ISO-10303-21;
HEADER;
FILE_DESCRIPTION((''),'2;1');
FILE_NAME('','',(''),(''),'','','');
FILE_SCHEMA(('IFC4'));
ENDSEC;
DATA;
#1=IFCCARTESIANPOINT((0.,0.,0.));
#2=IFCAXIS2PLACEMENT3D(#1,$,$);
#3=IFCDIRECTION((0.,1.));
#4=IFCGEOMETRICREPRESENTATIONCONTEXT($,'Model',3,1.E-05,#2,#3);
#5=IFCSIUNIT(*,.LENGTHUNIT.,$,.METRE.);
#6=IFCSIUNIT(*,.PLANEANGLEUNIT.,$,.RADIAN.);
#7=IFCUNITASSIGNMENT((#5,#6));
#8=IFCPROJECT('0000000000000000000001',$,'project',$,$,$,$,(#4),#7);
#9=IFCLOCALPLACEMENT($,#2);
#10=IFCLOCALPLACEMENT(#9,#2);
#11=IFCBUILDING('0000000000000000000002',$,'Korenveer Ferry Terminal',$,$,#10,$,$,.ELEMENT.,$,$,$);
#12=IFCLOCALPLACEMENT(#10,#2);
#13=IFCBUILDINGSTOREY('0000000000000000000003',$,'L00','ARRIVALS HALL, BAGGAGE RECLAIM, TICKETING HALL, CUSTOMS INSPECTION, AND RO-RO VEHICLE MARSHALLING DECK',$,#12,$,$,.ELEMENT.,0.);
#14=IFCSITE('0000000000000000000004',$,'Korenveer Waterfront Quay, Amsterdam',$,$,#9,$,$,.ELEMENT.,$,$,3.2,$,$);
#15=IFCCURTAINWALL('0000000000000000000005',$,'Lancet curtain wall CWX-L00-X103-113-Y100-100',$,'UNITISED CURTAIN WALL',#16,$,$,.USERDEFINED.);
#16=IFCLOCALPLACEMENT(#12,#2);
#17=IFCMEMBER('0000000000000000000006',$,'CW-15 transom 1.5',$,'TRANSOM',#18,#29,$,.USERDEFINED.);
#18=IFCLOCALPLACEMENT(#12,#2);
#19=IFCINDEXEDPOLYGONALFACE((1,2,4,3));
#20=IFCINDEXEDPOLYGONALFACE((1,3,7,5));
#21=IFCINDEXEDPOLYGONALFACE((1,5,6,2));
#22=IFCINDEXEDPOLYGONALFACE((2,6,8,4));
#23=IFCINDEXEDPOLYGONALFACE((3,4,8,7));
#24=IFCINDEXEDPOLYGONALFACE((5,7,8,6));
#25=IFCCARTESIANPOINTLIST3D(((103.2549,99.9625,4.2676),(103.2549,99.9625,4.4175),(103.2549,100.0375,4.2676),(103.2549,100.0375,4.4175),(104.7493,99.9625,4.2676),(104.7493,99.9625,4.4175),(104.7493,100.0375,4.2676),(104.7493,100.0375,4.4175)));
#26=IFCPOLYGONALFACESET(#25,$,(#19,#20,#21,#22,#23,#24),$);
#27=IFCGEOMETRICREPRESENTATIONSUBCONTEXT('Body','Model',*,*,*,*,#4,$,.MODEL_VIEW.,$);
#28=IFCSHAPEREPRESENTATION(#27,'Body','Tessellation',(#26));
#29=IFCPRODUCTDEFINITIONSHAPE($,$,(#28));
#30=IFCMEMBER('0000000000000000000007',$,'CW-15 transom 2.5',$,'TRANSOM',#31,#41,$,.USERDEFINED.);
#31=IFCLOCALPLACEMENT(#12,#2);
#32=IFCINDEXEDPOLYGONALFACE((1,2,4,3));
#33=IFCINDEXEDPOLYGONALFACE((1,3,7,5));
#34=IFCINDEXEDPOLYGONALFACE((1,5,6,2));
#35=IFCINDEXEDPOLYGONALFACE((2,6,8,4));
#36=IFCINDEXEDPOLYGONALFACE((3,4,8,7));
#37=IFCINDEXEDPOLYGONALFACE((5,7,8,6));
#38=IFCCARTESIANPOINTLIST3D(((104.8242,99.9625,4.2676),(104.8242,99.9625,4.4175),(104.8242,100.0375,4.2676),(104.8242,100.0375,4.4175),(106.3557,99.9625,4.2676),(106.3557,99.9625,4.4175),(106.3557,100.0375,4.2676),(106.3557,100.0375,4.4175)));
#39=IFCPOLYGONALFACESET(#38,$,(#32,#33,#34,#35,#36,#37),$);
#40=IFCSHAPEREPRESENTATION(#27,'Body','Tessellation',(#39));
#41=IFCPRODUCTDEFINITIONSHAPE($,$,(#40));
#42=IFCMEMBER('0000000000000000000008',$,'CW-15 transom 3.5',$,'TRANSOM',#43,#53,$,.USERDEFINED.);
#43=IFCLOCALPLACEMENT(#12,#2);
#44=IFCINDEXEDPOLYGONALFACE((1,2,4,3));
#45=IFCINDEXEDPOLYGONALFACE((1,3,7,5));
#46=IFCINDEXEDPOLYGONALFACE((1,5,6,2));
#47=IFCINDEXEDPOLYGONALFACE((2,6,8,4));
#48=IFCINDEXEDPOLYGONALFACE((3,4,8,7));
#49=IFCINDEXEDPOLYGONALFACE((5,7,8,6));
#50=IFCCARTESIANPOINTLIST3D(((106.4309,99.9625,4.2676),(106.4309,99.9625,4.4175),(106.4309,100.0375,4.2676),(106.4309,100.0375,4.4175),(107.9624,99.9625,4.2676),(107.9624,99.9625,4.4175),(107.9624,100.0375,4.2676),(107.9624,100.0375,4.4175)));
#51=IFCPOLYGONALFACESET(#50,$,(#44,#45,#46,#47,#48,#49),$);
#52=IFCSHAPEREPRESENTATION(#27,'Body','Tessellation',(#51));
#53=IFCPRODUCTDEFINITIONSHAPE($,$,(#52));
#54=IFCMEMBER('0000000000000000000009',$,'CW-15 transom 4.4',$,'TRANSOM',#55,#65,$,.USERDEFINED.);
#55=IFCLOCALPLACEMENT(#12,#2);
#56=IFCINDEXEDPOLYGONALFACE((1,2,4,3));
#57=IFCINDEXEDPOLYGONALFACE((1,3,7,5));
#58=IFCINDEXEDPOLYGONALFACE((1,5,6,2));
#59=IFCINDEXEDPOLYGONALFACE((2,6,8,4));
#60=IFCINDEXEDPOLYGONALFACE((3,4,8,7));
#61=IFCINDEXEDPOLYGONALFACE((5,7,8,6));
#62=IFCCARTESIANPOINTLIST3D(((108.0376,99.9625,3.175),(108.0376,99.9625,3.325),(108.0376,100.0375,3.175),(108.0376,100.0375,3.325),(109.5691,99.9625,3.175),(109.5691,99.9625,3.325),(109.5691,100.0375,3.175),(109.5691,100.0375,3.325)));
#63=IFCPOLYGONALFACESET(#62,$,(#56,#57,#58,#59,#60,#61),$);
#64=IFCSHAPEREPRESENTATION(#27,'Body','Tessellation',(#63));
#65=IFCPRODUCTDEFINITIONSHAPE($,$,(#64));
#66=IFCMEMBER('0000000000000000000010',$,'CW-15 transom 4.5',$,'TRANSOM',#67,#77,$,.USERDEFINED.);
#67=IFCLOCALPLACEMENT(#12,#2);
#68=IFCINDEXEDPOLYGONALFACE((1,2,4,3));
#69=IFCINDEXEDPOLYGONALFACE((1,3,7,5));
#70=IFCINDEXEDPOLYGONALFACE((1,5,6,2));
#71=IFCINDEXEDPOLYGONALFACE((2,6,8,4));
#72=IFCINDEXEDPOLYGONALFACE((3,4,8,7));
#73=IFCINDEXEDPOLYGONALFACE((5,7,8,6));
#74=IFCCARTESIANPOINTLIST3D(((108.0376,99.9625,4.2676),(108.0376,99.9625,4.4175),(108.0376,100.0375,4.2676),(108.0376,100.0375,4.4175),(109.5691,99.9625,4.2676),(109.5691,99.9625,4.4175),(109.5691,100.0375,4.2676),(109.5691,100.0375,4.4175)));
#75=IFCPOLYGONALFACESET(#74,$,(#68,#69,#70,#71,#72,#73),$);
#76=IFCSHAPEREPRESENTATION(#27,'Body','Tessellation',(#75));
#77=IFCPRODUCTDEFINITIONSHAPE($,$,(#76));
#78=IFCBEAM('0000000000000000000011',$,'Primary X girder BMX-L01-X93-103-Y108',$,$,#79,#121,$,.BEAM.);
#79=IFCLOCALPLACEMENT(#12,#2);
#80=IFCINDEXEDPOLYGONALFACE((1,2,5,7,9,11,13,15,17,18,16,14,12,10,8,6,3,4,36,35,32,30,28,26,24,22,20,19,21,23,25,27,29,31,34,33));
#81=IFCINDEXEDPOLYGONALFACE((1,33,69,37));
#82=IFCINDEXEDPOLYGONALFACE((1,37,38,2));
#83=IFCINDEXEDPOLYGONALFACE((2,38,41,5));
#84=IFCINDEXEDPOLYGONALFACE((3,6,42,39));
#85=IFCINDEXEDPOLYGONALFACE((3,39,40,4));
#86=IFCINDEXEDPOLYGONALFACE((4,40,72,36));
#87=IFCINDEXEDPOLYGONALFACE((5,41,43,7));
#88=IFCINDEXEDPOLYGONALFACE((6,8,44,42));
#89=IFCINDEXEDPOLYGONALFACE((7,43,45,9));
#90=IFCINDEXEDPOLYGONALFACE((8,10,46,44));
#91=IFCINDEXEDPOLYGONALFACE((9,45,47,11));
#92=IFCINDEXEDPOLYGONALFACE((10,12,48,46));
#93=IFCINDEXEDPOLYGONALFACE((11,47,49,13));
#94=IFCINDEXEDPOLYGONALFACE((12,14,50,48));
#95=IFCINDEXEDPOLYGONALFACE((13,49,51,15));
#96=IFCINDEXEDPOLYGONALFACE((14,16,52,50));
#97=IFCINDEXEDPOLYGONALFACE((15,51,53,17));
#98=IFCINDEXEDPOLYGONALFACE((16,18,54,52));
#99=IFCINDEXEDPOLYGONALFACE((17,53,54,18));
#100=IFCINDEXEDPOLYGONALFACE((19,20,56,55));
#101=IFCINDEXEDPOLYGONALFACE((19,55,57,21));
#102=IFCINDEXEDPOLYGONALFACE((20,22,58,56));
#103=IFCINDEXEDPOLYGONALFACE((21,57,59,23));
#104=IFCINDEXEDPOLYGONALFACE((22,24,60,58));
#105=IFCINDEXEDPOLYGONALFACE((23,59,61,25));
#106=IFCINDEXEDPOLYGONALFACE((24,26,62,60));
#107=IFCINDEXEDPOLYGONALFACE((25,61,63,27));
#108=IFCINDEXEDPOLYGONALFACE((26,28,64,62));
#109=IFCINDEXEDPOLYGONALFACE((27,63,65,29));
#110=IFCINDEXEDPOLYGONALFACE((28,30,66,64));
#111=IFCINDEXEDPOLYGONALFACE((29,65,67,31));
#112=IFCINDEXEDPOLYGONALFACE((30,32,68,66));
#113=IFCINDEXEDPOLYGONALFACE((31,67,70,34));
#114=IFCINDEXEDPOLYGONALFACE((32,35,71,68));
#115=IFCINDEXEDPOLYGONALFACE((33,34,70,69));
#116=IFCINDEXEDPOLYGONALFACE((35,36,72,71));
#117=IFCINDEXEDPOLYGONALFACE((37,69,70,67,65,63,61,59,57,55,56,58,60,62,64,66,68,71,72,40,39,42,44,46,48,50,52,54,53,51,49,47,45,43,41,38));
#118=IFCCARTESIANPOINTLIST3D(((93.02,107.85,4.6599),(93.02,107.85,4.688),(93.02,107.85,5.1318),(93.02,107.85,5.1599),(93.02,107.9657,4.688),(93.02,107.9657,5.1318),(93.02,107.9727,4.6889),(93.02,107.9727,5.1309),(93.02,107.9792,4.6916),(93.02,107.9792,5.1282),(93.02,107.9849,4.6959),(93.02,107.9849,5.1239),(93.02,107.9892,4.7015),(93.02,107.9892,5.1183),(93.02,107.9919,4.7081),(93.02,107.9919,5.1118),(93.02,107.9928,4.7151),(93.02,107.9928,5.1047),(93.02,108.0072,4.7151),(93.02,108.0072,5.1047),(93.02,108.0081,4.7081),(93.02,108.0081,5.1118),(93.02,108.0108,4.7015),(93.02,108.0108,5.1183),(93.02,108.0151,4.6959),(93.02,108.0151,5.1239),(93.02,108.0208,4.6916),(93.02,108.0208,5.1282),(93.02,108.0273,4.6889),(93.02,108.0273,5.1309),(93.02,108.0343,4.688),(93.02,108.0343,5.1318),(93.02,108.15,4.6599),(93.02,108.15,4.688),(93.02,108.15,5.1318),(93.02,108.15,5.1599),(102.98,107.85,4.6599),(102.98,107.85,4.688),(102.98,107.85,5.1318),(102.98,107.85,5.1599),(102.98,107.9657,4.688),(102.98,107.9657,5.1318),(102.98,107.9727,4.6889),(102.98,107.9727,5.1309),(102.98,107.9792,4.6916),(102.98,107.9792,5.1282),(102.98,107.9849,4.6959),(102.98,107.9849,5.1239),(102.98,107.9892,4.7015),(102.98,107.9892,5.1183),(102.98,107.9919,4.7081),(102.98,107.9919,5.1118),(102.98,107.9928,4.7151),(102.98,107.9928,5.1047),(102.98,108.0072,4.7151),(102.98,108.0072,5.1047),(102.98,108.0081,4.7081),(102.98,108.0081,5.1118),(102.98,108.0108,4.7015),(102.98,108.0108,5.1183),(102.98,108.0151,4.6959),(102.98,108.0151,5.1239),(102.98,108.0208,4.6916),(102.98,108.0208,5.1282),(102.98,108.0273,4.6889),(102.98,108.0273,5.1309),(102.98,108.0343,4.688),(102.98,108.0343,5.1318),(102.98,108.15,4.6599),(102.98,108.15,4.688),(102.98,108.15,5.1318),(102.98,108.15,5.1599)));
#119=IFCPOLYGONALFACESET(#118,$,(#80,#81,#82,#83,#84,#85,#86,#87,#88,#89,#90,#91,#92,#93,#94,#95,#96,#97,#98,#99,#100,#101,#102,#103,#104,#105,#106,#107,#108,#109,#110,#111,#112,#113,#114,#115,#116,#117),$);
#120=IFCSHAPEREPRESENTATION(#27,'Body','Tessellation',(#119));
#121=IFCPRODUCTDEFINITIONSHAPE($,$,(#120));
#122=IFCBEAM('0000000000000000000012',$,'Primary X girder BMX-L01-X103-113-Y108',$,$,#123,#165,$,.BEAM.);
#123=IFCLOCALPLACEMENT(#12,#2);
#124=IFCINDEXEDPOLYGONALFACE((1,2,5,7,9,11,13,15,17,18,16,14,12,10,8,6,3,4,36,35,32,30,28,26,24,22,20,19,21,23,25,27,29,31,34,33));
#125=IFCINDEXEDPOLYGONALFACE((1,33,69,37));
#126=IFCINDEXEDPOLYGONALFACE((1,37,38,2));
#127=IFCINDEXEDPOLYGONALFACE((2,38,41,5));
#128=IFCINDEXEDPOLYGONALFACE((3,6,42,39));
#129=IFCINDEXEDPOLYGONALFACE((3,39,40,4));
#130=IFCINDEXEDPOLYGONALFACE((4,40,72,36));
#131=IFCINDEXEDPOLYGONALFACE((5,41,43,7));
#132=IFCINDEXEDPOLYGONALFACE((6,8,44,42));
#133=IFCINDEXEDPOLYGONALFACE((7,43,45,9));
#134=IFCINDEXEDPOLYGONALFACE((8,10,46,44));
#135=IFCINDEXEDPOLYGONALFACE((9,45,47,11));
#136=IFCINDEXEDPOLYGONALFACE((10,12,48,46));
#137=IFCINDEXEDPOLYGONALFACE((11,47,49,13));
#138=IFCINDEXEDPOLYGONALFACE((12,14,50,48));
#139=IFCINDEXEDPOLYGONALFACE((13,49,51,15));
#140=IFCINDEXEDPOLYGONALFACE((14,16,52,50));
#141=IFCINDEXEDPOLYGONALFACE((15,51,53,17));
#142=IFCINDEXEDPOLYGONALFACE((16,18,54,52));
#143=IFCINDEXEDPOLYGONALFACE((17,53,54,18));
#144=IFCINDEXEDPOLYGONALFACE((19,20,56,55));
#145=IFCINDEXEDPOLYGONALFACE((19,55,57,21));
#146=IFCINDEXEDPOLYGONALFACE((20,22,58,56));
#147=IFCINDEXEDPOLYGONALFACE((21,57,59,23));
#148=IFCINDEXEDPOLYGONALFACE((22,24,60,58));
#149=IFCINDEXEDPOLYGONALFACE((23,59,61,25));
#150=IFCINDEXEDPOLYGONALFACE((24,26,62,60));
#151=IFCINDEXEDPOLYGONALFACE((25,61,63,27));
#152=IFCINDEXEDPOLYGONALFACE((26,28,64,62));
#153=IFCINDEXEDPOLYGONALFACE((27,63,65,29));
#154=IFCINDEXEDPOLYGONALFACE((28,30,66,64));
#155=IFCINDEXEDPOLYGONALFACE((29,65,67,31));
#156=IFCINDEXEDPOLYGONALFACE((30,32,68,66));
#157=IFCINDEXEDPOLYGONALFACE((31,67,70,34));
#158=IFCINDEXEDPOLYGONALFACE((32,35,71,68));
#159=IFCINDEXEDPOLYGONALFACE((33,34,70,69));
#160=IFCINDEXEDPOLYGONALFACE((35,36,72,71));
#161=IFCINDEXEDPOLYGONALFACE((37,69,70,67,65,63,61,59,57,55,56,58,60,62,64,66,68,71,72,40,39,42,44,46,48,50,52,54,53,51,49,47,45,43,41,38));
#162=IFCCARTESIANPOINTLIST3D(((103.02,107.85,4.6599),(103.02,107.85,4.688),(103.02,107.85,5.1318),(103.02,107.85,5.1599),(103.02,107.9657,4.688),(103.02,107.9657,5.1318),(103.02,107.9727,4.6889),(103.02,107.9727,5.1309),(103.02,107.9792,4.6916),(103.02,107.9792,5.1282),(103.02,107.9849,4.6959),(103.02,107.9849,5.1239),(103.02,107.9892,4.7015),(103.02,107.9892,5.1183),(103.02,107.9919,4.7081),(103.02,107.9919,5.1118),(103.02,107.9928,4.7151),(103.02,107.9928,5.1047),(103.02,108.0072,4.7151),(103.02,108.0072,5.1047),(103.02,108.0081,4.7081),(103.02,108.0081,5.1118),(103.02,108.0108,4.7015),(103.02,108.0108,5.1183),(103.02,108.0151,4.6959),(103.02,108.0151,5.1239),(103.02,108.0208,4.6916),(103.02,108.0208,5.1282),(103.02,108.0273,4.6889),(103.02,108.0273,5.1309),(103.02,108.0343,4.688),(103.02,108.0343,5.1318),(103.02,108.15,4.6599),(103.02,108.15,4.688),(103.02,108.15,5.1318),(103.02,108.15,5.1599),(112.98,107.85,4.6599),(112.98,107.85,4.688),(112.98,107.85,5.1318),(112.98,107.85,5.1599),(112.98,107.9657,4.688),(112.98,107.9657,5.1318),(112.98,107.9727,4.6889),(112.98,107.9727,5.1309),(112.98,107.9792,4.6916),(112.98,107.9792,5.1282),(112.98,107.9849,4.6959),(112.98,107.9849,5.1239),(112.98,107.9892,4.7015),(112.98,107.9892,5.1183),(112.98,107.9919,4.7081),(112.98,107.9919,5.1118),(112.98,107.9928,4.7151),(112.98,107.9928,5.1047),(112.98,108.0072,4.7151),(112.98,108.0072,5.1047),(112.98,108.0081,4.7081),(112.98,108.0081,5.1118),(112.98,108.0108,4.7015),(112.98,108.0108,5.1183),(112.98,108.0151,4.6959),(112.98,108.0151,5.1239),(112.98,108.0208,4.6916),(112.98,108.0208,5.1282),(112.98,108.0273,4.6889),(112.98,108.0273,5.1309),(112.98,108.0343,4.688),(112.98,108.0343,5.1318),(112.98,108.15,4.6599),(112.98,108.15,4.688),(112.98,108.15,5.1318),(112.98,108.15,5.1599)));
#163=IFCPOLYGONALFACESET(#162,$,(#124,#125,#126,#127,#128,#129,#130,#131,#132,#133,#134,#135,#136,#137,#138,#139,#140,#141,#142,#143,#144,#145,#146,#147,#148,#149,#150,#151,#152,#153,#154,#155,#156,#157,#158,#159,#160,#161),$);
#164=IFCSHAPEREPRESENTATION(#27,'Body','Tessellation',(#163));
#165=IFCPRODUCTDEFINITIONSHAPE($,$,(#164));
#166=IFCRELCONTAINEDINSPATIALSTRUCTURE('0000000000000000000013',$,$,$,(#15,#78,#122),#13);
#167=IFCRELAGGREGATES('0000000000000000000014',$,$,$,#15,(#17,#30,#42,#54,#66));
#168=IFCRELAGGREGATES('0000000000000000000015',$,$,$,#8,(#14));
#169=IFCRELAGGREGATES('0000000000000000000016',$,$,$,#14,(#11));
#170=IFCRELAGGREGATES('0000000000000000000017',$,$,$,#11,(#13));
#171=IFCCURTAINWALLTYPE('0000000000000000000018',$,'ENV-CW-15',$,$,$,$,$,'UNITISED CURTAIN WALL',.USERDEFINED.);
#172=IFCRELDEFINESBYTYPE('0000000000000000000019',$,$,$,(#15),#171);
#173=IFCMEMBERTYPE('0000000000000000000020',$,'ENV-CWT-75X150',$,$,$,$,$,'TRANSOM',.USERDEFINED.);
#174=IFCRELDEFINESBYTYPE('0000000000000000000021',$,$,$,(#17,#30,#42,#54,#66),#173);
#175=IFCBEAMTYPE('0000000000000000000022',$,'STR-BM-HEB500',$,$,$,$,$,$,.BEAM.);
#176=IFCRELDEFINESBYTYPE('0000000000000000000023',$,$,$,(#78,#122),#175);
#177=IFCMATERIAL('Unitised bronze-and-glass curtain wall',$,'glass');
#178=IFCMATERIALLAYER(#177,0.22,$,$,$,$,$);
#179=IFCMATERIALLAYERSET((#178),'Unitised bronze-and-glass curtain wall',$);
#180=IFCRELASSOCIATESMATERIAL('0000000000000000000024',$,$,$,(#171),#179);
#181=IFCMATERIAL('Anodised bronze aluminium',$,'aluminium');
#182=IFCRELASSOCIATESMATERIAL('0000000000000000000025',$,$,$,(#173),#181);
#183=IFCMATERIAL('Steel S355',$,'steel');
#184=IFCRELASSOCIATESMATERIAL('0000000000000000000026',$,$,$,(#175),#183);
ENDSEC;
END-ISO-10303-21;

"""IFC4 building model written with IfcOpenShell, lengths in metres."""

from ifc_helpers import new_model, si_unit, direction, frame, origin, origin_2d, place, context, subcontext, project, spatial, rectangle, i_section, extrude, material, layer, layer_set, material_profile, profile_set, type_object, element, aggregate, save


model = new_model("IFC4")

# Units and contexts
model_context = context("Model", 3, precision=1e-05, world=origin(), true_north=direction((0.0, 1.0)))
body_context = subcontext(model_context, "Body", "Model", "MODEL_VIEW")
ifc_project = project(units=[si_unit("LENGTHUNIT", "METRE"), si_unit("PLANEANGLEUNIT", "RADIAN")], contexts=[model_context])

# Site, building, storey
site_placement = place(None, origin())
site = spatial("IfcSite", under=ifc_project, at=site_placement, Name="Korenveer Waterfront Quay, Amsterdam", CompositionType="ELEMENT", RefElevation=3.2)
building_placement = place(site_placement, origin())
building = spatial("IfcBuilding", under=site, at=building_placement, Name="Korenveer Ferry Terminal", CompositionType="ELEMENT")
storey_placement = place(building_placement, origin())
storey = spatial("IfcBuildingStorey", under=building, at=storey_placement, Name="L00", Description="ARRIVALS HALL, BAGGAGE RECLAIM, TICKETING HALL, CUSTOMS INSPECTION, AND RO-RO VEHICLE MARSHALLING DECK", CompositionType="ELEMENT", Elevation=0.0)

# Curtain wall, members
ifc_material_1 = material(Name="Unitised bronze-and-glass curtain wall", Category="glass")
ifc_layer_1 = layer(ifc_material_1, 0.22)
ifc_layer_set_1 = layer_set([ifc_layer_1], Name="Unitised bronze-and-glass curtain wall")
curtain_wall_type = type_object("IfcCurtainWallType", Name="ENV-CW-15", ElementType="UNITISED CURTAIN WALL", PredefinedType="USERDEFINED", material=ifc_layer_set_1)
curtain_wall_placement = place(storey_placement, frame((103.1799, 100.0, 0.0)))
curtain_wall = element("IfcCurtainWall", 1, at=curtain_wall_placement, inside=storey, type_object=curtain_wall_type, Name="Lancet curtain wall CWX-L00-X103-113-Y100-100", ObjectType="UNITISED CURTAIN WALL", PredefinedType="USERDEFINED")
ifc_material_2 = material(Name="Anodised bronze aluminium", Category="aluminium")
ifc_material_profile_1 = material_profile(ifc_material_2, rectangle(XDim=0.075, YDim=0.1499, at=origin_2d()), Name="ALU 75x150")
ifc_profile_set_1 = profile_set([ifc_material_profile_1], Name="Anodised bronze aluminium")
member_type = type_object("IfcMemberType", Name="ENV-CWT-75X150", ElementType="TRANSOM", PredefinedType="USERDEFINED", material=ifc_profile_set_1)
member_1_placement = place(storey_placement, frame((103.2549, 100.0, 4.3425), z_axis=(1.0, 0.0, 0.0), x_axis=(0.0, 1.0, 0.0)))
member_1 = element("IfcMember", 2, at=member_1_placement, type_object=member_type, Name="CW-15 transom 1.5", ObjectType="TRANSOM", PredefinedType="USERDEFINED", context=body_context, shape_type="SweptSolid", body=[
    extrude(rectangle(XDim=0.075, YDim=0.1499, at=origin_2d()), origin(), (0.0, 0.0, 1.0), 1.4944),
])
member_2_placement = place(storey_placement, frame((104.8242, 100.0, 4.3425), z_axis=(1.0, 0.0, 0.0), x_axis=(0.0, 1.0, 0.0)))
member_2 = element("IfcMember", 3, at=member_2_placement, type_object=member_type, Name="CW-15 transom 2.5", ObjectType="TRANSOM", PredefinedType="USERDEFINED", context=body_context, shape_type="SweptSolid", body=[
    extrude(rectangle(XDim=0.075, YDim=0.1499, at=origin_2d()), origin(), (0.0, 0.0, 1.0), 1.5315),
])
member_3_placement = place(storey_placement, frame((106.4309, 100.0, 4.3425), z_axis=(1.0, 0.0, 0.0), x_axis=(0.0, 1.0, 0.0)))
member_3 = element("IfcMember", 4, at=member_3_placement, type_object=member_type, Name="CW-15 transom 3.5", ObjectType="TRANSOM", PredefinedType="USERDEFINED", context=body_context, shape_type="SweptSolid", body=[
    extrude(rectangle(XDim=0.075, YDim=0.1499, at=origin_2d()), origin(), (0.0, 0.0, 1.0), 1.5315),
])
member_4_placement = place(storey_placement, frame((108.0376, 100.0, 3.25), z_axis=(1.0, 0.0, 0.0), x_axis=(0.0, 1.0, 0.0)))
member_4 = element("IfcMember", 5, at=member_4_placement, type_object=member_type, Name="CW-15 transom 4.4", ObjectType="TRANSOM", PredefinedType="USERDEFINED", context=body_context, shape_type="SweptSolid", body=[
    extrude(rectangle(XDim=0.075, YDim=0.1499, at=origin_2d()), origin(), (0.0, 0.0, 1.0), 1.5315),
])
member_5_placement = place(storey_placement, frame((108.0376, 100.0, 4.3425), z_axis=(1.0, 0.0, 0.0), x_axis=(0.0, 1.0, 0.0)))
member_5 = element("IfcMember", 6, at=member_5_placement, type_object=member_type, Name="CW-15 transom 4.5", ObjectType="TRANSOM", PredefinedType="USERDEFINED", context=body_context, shape_type="SweptSolid", body=[
    extrude(rectangle(XDim=0.075, YDim=0.1499, at=origin_2d()), origin(), (0.0, 0.0, 1.0), 1.5315),
])

# Beams
ifc_material_3 = material(Name="Steel S355", Category="steel")
ifc_material_profile_2 = material_profile(ifc_material_3, i_section(OverallWidth=0.3, OverallDepth=0.5, WebThickness=0.0144, FlangeThickness=0.0281, FilletRadius=0.0271, at=origin_2d()), Name="HEB 500")
ifc_profile_set_2 = profile_set([ifc_material_profile_2], Name="Steel S355")
beam_type_1 = type_object("IfcBeamType", Name="STR-BM-HEB500", PredefinedType="BEAM", material=ifc_profile_set_2)
for number, where, z_axis, x_axis, name in (
    (7, (93.02, 108.0, 4.9099), (1.0, 0.0, 0.0), (0.0, 1.0, 0.0), "Primary X girder BMX-L01-X93-103-Y108"),
    (8, (103.02, 108.0, 4.9099), (1.0, 0.0, 0.0), (0.0, 1.0, 0.0), "Primary X girder BMX-L01-X103-113-Y108"),
):
    element("IfcBeam", number, at=place(storey_placement, frame(where, z_axis=z_axis, x_axis=x_axis)), inside=storey, type_object=beam_type_1, Name=name, PredefinedType="BEAM", context=body_context, shape_type="SweptSolid", body=[
        extrude(i_section(OverallWidth=0.3, OverallDepth=0.5, WebThickness=0.0144, FlangeThickness=0.0281, FilletRadius=0.0271, at=origin_2d()), origin(), (0.0, 0.0, 1.0), 9.96),
    ])

aggregate(curtain_wall, [member_1, member_2, member_3, member_4, member_5])

save(model, "model.ifc")
